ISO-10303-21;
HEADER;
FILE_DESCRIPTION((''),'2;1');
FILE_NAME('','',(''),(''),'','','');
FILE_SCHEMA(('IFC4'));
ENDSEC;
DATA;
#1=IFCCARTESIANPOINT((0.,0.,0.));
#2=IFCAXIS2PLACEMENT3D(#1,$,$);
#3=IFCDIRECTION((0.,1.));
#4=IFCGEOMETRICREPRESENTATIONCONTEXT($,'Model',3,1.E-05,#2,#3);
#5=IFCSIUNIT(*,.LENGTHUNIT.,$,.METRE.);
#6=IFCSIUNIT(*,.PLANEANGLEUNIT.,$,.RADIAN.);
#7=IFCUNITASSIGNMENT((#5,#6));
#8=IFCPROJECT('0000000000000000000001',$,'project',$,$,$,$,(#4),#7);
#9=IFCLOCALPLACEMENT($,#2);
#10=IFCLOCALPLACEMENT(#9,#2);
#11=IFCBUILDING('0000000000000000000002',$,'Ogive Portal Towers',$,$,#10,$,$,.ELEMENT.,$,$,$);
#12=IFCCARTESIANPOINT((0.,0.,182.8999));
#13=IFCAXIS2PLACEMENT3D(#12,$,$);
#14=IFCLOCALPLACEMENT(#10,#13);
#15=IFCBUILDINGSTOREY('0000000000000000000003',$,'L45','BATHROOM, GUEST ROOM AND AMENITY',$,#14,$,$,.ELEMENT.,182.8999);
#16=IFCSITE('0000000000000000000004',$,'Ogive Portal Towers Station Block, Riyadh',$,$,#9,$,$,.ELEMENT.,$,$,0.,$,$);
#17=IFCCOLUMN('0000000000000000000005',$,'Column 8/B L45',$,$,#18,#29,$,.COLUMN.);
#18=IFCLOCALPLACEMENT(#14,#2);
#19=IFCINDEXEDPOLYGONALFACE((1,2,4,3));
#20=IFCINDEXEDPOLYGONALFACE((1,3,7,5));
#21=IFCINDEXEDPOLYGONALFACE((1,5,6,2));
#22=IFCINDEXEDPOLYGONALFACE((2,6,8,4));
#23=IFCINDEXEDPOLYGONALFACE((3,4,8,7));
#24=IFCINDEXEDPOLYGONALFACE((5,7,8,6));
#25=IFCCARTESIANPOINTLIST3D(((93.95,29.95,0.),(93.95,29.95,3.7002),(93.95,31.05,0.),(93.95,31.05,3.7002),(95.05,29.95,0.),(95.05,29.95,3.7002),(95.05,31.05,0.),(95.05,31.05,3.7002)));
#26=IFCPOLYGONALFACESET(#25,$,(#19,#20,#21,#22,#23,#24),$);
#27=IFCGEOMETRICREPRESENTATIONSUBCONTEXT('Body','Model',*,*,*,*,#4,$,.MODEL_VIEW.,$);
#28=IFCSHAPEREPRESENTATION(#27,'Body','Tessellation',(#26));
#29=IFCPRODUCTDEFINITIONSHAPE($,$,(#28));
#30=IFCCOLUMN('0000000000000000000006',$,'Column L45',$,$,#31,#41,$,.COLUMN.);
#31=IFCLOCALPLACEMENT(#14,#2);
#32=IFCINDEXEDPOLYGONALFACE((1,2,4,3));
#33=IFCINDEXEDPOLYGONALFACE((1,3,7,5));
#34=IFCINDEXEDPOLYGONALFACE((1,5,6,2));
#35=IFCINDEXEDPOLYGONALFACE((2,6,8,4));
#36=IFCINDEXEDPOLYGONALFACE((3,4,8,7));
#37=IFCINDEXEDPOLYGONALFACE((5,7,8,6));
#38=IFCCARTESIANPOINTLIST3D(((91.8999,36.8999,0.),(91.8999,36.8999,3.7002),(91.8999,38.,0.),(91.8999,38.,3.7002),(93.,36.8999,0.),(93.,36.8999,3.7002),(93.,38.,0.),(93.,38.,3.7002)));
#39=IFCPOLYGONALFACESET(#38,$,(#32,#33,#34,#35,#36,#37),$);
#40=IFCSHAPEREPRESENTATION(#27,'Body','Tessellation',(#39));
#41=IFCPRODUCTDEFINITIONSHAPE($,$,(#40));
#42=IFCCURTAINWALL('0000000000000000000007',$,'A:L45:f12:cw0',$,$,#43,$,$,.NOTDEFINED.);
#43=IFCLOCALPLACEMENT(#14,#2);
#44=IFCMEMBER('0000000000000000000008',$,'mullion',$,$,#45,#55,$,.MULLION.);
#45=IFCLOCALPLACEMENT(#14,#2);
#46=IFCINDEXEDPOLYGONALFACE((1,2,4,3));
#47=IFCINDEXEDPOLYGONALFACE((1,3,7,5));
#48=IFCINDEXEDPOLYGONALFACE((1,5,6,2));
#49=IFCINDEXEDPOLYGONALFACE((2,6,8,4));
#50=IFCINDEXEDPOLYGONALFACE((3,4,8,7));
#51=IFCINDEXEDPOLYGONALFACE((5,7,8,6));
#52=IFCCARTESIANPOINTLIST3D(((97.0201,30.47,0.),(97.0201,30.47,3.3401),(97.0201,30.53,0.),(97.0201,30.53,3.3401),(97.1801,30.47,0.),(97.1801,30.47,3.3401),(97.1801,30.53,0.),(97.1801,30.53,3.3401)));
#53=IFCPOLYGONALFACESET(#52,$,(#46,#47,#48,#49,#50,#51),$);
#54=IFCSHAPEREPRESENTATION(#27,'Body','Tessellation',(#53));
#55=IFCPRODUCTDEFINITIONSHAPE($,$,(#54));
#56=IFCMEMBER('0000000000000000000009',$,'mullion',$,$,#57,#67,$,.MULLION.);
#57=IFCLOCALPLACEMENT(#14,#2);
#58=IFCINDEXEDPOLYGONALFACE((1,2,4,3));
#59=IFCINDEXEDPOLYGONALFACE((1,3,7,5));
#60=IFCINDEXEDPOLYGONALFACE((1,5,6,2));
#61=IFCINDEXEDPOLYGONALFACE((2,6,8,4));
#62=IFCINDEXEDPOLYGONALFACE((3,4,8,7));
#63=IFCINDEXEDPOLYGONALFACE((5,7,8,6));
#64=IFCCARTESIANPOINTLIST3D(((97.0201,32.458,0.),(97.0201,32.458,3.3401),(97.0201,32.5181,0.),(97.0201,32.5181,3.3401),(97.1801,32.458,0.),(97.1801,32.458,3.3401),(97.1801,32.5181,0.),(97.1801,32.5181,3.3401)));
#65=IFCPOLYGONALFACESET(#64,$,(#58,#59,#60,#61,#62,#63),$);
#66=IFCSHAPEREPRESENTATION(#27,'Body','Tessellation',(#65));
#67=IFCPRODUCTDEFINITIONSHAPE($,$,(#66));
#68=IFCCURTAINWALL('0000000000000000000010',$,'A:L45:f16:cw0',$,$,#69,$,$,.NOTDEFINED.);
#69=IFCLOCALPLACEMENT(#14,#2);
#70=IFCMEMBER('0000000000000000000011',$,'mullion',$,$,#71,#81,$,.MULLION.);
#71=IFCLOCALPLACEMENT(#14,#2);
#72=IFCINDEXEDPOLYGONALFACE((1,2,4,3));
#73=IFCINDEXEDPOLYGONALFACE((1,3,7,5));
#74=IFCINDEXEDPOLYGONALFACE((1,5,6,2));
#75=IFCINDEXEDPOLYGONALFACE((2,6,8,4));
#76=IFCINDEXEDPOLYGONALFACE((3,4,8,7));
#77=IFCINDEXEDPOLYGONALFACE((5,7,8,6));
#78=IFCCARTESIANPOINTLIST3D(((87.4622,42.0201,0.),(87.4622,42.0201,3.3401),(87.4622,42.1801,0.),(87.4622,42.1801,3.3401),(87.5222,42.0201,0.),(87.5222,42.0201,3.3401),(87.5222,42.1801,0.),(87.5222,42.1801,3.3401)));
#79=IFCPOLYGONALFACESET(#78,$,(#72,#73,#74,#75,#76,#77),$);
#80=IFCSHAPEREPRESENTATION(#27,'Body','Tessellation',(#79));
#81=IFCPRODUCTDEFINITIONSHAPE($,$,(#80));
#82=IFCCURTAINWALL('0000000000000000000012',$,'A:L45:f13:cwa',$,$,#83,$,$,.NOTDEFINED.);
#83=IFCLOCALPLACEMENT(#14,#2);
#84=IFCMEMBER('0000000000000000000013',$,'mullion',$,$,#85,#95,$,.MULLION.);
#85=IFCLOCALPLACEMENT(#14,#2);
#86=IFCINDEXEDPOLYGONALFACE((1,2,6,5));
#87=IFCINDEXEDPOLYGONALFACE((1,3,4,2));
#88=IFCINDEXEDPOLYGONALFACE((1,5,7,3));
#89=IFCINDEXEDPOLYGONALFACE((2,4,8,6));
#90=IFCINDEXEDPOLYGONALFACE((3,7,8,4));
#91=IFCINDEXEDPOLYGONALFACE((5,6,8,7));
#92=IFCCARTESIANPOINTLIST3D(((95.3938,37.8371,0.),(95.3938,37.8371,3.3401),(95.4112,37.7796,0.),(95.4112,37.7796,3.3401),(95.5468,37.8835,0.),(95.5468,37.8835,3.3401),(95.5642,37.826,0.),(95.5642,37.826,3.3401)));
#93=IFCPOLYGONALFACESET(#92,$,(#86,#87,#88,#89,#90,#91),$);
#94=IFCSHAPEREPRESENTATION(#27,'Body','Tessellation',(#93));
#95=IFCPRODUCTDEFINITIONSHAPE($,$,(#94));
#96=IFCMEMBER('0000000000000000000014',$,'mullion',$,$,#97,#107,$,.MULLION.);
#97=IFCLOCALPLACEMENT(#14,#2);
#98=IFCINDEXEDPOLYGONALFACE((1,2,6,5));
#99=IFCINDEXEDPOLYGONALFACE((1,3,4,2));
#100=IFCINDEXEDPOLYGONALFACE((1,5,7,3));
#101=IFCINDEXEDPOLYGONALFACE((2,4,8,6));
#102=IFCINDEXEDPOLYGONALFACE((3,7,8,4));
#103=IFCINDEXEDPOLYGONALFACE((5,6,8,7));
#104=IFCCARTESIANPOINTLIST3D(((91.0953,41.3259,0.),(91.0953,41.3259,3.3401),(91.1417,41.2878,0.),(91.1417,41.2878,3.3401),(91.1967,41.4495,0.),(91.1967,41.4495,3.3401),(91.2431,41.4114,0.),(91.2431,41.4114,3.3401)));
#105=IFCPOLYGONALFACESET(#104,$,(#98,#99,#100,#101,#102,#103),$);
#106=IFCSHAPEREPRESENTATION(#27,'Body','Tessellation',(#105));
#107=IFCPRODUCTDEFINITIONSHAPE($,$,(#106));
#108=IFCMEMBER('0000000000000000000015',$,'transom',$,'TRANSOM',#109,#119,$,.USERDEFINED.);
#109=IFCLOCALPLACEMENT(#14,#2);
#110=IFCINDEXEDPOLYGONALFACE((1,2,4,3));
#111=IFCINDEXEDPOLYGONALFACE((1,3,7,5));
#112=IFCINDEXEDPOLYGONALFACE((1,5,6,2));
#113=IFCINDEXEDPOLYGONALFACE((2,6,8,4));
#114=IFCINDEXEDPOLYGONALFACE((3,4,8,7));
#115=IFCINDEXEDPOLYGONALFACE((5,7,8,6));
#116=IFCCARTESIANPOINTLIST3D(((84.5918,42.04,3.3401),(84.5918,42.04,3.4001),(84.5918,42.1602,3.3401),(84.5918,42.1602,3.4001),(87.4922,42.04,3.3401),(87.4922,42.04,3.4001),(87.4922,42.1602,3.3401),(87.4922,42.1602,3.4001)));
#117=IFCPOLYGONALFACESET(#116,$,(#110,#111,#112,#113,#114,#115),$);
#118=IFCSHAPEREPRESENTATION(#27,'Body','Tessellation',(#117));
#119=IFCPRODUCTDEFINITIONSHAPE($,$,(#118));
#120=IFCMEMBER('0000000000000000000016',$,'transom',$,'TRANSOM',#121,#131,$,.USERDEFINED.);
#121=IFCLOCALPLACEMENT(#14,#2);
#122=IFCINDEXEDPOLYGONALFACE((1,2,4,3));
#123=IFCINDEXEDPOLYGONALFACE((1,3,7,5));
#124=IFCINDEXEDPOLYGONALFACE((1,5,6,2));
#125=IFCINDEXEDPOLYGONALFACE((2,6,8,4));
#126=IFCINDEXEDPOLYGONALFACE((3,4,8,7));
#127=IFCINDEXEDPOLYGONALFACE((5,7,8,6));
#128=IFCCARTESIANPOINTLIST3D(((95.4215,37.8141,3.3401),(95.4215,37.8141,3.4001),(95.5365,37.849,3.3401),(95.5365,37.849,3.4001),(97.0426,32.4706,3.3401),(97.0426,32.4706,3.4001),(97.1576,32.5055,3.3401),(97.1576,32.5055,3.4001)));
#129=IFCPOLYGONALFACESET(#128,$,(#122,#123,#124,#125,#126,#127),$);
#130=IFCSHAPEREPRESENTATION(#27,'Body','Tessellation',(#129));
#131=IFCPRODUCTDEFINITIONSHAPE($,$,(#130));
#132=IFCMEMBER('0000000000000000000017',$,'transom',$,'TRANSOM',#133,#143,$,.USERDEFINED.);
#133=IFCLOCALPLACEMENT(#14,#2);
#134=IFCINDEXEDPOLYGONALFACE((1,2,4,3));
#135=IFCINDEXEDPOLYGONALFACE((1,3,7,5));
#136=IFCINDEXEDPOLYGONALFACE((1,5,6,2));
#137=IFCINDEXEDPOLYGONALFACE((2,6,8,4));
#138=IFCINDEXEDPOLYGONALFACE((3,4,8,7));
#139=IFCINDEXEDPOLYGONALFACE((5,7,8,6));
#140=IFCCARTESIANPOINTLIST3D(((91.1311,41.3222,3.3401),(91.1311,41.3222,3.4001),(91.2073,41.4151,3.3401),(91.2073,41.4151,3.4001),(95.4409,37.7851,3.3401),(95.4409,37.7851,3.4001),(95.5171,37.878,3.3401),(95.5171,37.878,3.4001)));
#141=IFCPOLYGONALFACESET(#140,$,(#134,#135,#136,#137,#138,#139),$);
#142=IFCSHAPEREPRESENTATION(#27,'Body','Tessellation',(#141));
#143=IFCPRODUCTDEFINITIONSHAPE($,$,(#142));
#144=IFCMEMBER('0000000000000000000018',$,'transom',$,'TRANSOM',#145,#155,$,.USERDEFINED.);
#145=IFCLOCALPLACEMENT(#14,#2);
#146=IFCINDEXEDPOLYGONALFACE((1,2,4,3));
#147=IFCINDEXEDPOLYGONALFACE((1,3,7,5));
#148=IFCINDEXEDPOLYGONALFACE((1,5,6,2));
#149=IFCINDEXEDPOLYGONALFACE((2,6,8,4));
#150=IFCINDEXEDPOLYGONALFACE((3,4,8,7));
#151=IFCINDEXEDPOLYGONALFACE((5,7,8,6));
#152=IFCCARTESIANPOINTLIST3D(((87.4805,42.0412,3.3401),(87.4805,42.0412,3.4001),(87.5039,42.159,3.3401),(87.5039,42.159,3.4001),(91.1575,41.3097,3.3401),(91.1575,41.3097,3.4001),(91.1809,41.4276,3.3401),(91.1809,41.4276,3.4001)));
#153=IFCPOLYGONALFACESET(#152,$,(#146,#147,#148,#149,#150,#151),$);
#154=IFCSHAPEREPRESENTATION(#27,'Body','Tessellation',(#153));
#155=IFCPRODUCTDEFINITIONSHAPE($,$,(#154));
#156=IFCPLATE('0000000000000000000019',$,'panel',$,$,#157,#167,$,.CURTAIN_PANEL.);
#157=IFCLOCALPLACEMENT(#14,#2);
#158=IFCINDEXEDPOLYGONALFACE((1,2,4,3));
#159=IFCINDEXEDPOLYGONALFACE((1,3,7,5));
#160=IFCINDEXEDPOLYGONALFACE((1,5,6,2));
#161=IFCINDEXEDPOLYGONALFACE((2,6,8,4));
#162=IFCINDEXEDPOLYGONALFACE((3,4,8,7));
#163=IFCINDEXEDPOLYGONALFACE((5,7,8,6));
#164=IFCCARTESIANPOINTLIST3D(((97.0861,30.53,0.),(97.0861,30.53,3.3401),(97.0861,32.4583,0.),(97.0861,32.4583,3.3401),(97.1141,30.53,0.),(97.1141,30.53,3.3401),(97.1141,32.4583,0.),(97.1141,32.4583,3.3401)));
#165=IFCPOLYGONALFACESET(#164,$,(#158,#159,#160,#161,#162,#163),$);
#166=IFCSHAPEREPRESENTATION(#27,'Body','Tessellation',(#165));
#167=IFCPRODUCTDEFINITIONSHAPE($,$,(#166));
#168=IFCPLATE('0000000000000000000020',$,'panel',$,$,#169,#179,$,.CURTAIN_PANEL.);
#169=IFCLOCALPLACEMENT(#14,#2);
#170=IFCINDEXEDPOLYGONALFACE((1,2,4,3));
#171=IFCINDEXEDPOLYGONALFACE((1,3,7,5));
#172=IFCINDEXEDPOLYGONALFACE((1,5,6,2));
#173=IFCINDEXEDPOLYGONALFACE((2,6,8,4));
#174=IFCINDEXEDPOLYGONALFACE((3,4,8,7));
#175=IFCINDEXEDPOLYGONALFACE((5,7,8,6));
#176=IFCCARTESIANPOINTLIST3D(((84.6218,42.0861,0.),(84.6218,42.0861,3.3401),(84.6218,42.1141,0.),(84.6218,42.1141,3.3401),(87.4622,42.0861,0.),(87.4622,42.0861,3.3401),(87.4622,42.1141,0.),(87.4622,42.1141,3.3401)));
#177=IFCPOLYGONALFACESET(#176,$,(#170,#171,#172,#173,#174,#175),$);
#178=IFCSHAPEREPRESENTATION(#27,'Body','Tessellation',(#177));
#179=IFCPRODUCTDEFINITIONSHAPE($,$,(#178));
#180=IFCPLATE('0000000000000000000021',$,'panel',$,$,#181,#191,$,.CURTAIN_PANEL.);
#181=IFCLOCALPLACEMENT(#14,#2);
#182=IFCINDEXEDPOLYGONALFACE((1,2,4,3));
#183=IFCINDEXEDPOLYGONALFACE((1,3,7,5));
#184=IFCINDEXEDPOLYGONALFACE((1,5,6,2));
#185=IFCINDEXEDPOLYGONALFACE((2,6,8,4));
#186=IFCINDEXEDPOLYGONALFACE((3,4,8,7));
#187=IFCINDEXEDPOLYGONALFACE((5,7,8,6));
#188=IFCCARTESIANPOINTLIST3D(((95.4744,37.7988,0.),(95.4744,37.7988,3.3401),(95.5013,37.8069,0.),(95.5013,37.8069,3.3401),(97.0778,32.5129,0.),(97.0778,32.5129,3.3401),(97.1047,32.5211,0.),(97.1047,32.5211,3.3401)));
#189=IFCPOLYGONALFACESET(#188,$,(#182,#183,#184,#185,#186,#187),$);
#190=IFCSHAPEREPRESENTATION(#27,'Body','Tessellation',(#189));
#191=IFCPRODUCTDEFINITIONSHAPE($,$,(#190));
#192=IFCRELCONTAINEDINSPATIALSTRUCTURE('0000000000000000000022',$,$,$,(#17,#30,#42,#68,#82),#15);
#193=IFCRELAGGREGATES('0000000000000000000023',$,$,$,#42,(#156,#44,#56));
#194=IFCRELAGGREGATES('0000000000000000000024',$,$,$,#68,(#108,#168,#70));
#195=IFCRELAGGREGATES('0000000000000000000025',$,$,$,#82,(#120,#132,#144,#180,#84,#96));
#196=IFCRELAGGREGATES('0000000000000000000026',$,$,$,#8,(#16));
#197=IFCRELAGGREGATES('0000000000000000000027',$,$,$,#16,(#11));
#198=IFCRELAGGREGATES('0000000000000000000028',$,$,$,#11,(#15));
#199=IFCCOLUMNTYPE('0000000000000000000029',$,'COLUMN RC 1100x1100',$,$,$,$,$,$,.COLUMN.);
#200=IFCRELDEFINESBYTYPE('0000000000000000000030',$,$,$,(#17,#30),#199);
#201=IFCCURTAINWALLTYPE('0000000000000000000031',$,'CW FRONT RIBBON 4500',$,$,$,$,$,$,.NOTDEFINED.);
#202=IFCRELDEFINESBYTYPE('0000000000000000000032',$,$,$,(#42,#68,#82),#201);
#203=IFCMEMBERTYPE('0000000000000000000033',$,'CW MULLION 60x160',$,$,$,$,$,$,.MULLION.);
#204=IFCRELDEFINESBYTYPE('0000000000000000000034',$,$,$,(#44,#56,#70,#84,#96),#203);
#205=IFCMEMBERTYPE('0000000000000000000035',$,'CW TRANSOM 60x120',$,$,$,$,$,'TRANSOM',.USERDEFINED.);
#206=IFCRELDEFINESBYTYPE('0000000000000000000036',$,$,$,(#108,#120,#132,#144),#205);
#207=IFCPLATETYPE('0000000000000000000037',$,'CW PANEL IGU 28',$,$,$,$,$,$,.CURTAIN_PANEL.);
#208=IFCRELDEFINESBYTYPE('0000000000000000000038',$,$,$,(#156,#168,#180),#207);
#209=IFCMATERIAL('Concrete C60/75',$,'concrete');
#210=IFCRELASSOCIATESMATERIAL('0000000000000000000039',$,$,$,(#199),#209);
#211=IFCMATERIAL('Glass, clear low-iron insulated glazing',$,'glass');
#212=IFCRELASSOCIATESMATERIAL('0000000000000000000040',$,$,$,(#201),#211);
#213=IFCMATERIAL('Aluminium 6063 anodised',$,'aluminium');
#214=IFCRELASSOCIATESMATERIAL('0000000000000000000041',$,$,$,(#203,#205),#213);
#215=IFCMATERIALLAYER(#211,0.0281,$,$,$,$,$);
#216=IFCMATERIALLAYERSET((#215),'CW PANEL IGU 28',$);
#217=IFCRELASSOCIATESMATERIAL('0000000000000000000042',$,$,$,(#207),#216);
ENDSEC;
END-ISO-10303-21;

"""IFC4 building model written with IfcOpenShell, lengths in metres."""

from ifc_helpers import new_model, si_unit, direction, frame, origin, origin_2d, place, context, subcontext, project, spatial, rectangle, extrude, material, layer, layer_set, material_profile, profile_set, type_object, element, aggregate, save


model = new_model("IFC4")

# Units and contexts
model_context = context("Model", 3, precision=1e-05, world=origin(), true_north=direction((0.0, 1.0)))
body_context = subcontext(model_context, "Body", "Model", "MODEL_VIEW")
ifc_project = project(units=[si_unit("LENGTHUNIT", "METRE"), si_unit("PLANEANGLEUNIT", "RADIAN")], contexts=[model_context])

# Site, building, storey
site_placement = place(None, origin())
site = spatial("IfcSite", under=ifc_project, at=site_placement, Name="Ogive Portal Towers Station Block, Riyadh", CompositionType="ELEMENT", RefElevation=0.0)
building_placement = place(site_placement, origin())
building = spatial("IfcBuilding", under=site, at=building_placement, Name="Ogive Portal Towers", CompositionType="ELEMENT")
storey_placement = place(building_placement, frame((0.0, 0.0, 182.8999)))
storey = spatial("IfcBuildingStorey", under=building, at=storey_placement, Name="L45", Description="BATHROOM, GUEST ROOM AND AMENITY", CompositionType="ELEMENT", Elevation=182.8999)

# Columns
ifc_material_1 = material(Name="Concrete C60/75", Category="concrete")
ifc_material_profile_1 = material_profile(ifc_material_1, rectangle(XDim=1.1001, YDim=1.1001, at=origin_2d()), Name="RC 1100x1100")
ifc_profile_set_1 = profile_set([ifc_material_profile_1], Name="Concrete C60/75")
column_type = type_object("IfcColumnType", Name="COLUMN RC 1100x1100", PredefinedType="COLUMN", material=ifc_profile_set_1)
for number, where, z_axis, x_axis, name in (
    (1, (94.5, 30.5, 0.0), (0.0, 0.0, 1.0), (1.0, 0.0, 0.0), "Column 8/B L45"),
    (2, (92.45, 37.45, 0.0), (0.0, 0.0, 1.0), (1.0, 0.0, 0.0), "Column L45"),
):
    element("IfcColumn", number, at=place(storey_placement, frame(where, z_axis=z_axis, x_axis=x_axis)), inside=storey, type_object=column_type, Name=name, PredefinedType="COLUMN", context=body_context, shape_type="SweptSolid", body=[
        extrude(rectangle(XDim=1.1001, YDim=1.1001, at=origin_2d()), origin(), (0.0, 0.0, 1.0), 3.7002),
    ])

# Curtain wall, members
ifc_material_2 = material(Name="Glass, clear low-iron insulated glazing", Category="glass")
curtain_wall_type = type_object("IfcCurtainWallType", Name="CW FRONT RIBBON 4500", PredefinedType="NOTDEFINED", material=ifc_material_2)
curtain_wall_1_placement = place(storey_placement, origin())
curtain_wall_1 = element("IfcCurtainWall", 3, at=curtain_wall_1_placement, inside=storey, type_object=curtain_wall_type, Name="A:L45:f12:cw0", PredefinedType="NOTDEFINED")
ifc_material_3 = material(Name="Aluminium 6063 anodised", Category="aluminium")
ifc_material_profile_2 = material_profile(ifc_material_3, rectangle(XDim=0.1599, YDim=0.0601, at=origin_2d()), Name="AL 60x160")
ifc_profile_set_2 = profile_set([ifc_material_profile_2], Name="Aluminium 6063 anodised")
member_type_1 = type_object("IfcMemberType", Name="CW MULLION 60x160", PredefinedType="MULLION", material=ifc_profile_set_2)
member_1_placement = place(storey_placement, frame((97.1001, 30.5, 0.0), z_axis=(0.0, 0.0, 1.0), x_axis=(-1.0, 0.0, 0.0)))
member_1 = element("IfcMember", 4, at=member_1_placement, type_object=member_type_1, Name="mullion", PredefinedType="MULLION", context=body_context, shape_type="SweptSolid", body=[
    extrude(rectangle(XDim=0.1599, YDim=0.0601, at=origin_2d()), origin(), (0.0, 0.0, 1.0), 3.3401),
])
member_2_placement = place(storey_placement, frame((97.1001, 32.488, 0.0), z_axis=(0.0, 0.0, 1.0), x_axis=(-1.0, 0.0, 0.0)))
member_2 = element("IfcMember", 5, at=member_2_placement, type_object=member_type_1, Name="mullion", PredefinedType="MULLION", context=body_context, shape_type="SweptSolid", body=[
    extrude(rectangle(XDim=0.1599, YDim=0.0601, at=origin_2d()), origin(), (0.0, 0.0, 1.0), 3.3401),
])

# Curtain wall, member
curtain_wall_2_placement = place(storey_placement, origin())
curtain_wall_2 = element("IfcCurtainWall", 6, at=curtain_wall_2_placement, inside=storey, type_object=curtain_wall_type, Name="A:L45:f16:cw0", PredefinedType="NOTDEFINED")
member_3_placement = place(storey_placement, frame((87.4922, 42.1001, 0.0), z_axis=(0.0, 0.0, 1.0), x_axis=(0.0, -1.0, 0.0)))
member_3 = element("IfcMember", 7, at=member_3_placement, type_object=member_type_1, Name="mullion", PredefinedType="MULLION", context=body_context, shape_type="SweptSolid", body=[
    extrude(rectangle(XDim=0.1599, YDim=0.0601, at=origin_2d()), origin(), (0.0, 0.0, 1.0), 3.3401),
])

# Curtain wall, members
curtain_wall_3_placement = place(storey_placement, origin())
curtain_wall_3 = element("IfcCurtainWall", 8, at=curtain_wall_3_placement, inside=storey, type_object=curtain_wall_type, Name="A:L45:f13:cwa", PredefinedType="NOTDEFINED")
member_4_placement = place(storey_placement, frame((95.479, 37.8315, 0.0), z_axis=(0.0, 0.0, 1.0), x_axis=(-0.95694, -0.290285, 0.0)))
member_4 = element("IfcMember", 9, at=member_4_placement, type_object=member_type_1, Name="mullion", PredefinedType="MULLION", context=body_context, shape_type="SweptSolid", body=[
    extrude(rectangle(XDim=0.1599, YDim=0.0601, at=origin_2d()), origin(), (0.0, 0.0, 1.0), 3.3401),
])
member_5_placement = place(storey_placement, frame((91.1692, 41.3687, 0.0), z_axis=(0.0, 0.0, 1.0), x_axis=(-0.634393, -0.77301, 0.0)))
member_5 = element("IfcMember", 10, at=member_5_placement, type_object=member_type_1, Name="mullion", PredefinedType="MULLION", context=body_context, shape_type="SweptSolid", body=[
    extrude(rectangle(XDim=0.1599, YDim=0.0601, at=origin_2d()), origin(), (0.0, 0.0, 1.0), 3.3401),
])

# Members
ifc_material_profile_3 = material_profile(ifc_material_3, rectangle(XDim=0.1201, YDim=0.0601, at=origin_2d()), Name="AL 120x60")
ifc_profile_set_3 = profile_set([ifc_material_profile_3], Name="Aluminium 6063 anodised")
member_type_2 = type_object("IfcMemberType", Name="CW TRANSOM 60x120", ElementType="TRANSOM", PredefinedType="USERDEFINED", material=ifc_profile_set_3)
member_6_placement = place(storey_placement, frame((87.4922, 42.1001, 3.3701), z_axis=(-1.0, 0.0, 0.0), x_axis=(0.0, -1.0, 0.0)))
member_6 = element("IfcMember", 11, at=member_6_placement, type_object=member_type_2, Name="transom", ObjectType="TRANSOM", PredefinedType="USERDEFINED", context=body_context, shape_type="SweptSolid", body=[
    extrude(rectangle(XDim=0.1201, YDim=0.0601, at=origin_2d()), origin(), (0.0, 0.0, 1.0), 2.9004),
])
member_7_placement = place(storey_placement, frame((97.1001, 32.488, 3.3701), z_axis=(-0.290311, 0.956932, 0.0), x_axis=(-0.956932, -0.290311, 0.0)))
member_7 = element("IfcMember", 12, at=member_7_placement, type_object=member_type_2, Name="transom", ObjectType="TRANSOM", PredefinedType="USERDEFINED", context=body_context, shape_type="SweptSolid", body=[
    extrude(rectangle(XDim=0.1201, YDim=0.0601, at=origin_2d()), origin(), (0.0, 0.0, 1.0), 5.584),
])
member_8_placement = place(storey_placement, frame((95.479, 37.8315, 3.3701), z_axis=(-0.772998, 0.634408, 0.0), x_axis=(-0.634408, -0.772998, 0.0)))
member_8 = element("IfcMember", 13, at=member_8_placement, type_object=member_type_2, Name="transom", ObjectType="TRANSOM", PredefinedType="USERDEFINED", context=body_context, shape_type="SweptSolid", body=[
    extrude(rectangle(XDim=0.1201, YDim=0.0601, at=origin_2d()), origin(), (0.0, 0.0, 1.0), 5.5754),
])
member_9_placement = place(storey_placement, frame((91.1692, 41.3687, 3.3701), z_axis=(-0.980783, 0.195102, 0.0), x_axis=(-0.195102, -0.980783, 0.0)))
member_9 = element("IfcMember", 14, at=member_9_placement, type_object=member_type_2, Name="transom", ObjectType="TRANSOM", PredefinedType="USERDEFINED", context=body_context, shape_type="SweptSolid", body=[
    extrude(rectangle(XDim=0.1201, YDim=0.0601, at=origin_2d()), origin(), (0.0, 0.0, 1.0), 3.749),
])

# Plates
ifc_layer_1 = layer(ifc_material_2, 0.0281)
ifc_layer_set_1 = layer_set([ifc_layer_1], Name="CW PANEL IGU 28")
plate_type = type_object("IfcPlateType", Name="CW PANEL IGU 28", PredefinedType="CURTAIN_PANEL", material=ifc_layer_set_1)
plate_1_placement = place(storey_placement, frame((97.1001, 31.4941, 0.0), z_axis=(0.0, 0.0, 1.0), x_axis=(0.0, 1.0, 0.0)))
plate_1 = element("IfcPlate", 15, at=plate_1_placement, type_object=plate_type, Name="panel", PredefinedType="CURTAIN_PANEL", context=body_context, shape_type="SweptSolid", body=[
    extrude(rectangle(XDim=1.9282, YDim=0.0281, at=origin_2d()), origin(), (0.0, 0.0, 1.0), 3.3401),
])
aggregate(curtain_wall_1, [plate_1, member_1, member_2])
plate_2_placement = place(storey_placement, frame((86.042, 42.1001, 0.0), z_axis=(0.0, 0.0, 1.0), x_axis=(-1.0, 0.0, 0.0)))
plate_2 = element("IfcPlate", 16, at=plate_2_placement, type_object=plate_type, Name="panel", PredefinedType="CURTAIN_PANEL", context=body_context, shape_type="SweptSolid", body=[
    extrude(rectangle(XDim=2.8403, YDim=0.0281, at=origin_2d()), origin(), (0.0, 0.0, 1.0), 3.3401),
])
aggregate(curtain_wall_2, [member_6, plate_2, member_3])
plate_3_placement = place(storey_placement, frame((96.2896, 35.1599, 0.0), z_axis=(0.0, 0.0, 1.0), x_axis=(-0.290285, 0.95694, 0.0)))
plate_3 = element("IfcPlate", 17, at=plate_3_placement, type_object=plate_type, Name="panel", PredefinedType="CURTAIN_PANEL", context=body_context, shape_type="SweptSolid", body=[
    extrude(rectangle(XDim=5.5237, YDim=0.0281, at=origin_2d()), origin(), (0.0, 0.0, 1.0), 3.3401),
])
aggregate(curtain_wall_3, [member_7, member_8, member_9, plate_3, member_4, member_5])

save(model, "model.ifc")
